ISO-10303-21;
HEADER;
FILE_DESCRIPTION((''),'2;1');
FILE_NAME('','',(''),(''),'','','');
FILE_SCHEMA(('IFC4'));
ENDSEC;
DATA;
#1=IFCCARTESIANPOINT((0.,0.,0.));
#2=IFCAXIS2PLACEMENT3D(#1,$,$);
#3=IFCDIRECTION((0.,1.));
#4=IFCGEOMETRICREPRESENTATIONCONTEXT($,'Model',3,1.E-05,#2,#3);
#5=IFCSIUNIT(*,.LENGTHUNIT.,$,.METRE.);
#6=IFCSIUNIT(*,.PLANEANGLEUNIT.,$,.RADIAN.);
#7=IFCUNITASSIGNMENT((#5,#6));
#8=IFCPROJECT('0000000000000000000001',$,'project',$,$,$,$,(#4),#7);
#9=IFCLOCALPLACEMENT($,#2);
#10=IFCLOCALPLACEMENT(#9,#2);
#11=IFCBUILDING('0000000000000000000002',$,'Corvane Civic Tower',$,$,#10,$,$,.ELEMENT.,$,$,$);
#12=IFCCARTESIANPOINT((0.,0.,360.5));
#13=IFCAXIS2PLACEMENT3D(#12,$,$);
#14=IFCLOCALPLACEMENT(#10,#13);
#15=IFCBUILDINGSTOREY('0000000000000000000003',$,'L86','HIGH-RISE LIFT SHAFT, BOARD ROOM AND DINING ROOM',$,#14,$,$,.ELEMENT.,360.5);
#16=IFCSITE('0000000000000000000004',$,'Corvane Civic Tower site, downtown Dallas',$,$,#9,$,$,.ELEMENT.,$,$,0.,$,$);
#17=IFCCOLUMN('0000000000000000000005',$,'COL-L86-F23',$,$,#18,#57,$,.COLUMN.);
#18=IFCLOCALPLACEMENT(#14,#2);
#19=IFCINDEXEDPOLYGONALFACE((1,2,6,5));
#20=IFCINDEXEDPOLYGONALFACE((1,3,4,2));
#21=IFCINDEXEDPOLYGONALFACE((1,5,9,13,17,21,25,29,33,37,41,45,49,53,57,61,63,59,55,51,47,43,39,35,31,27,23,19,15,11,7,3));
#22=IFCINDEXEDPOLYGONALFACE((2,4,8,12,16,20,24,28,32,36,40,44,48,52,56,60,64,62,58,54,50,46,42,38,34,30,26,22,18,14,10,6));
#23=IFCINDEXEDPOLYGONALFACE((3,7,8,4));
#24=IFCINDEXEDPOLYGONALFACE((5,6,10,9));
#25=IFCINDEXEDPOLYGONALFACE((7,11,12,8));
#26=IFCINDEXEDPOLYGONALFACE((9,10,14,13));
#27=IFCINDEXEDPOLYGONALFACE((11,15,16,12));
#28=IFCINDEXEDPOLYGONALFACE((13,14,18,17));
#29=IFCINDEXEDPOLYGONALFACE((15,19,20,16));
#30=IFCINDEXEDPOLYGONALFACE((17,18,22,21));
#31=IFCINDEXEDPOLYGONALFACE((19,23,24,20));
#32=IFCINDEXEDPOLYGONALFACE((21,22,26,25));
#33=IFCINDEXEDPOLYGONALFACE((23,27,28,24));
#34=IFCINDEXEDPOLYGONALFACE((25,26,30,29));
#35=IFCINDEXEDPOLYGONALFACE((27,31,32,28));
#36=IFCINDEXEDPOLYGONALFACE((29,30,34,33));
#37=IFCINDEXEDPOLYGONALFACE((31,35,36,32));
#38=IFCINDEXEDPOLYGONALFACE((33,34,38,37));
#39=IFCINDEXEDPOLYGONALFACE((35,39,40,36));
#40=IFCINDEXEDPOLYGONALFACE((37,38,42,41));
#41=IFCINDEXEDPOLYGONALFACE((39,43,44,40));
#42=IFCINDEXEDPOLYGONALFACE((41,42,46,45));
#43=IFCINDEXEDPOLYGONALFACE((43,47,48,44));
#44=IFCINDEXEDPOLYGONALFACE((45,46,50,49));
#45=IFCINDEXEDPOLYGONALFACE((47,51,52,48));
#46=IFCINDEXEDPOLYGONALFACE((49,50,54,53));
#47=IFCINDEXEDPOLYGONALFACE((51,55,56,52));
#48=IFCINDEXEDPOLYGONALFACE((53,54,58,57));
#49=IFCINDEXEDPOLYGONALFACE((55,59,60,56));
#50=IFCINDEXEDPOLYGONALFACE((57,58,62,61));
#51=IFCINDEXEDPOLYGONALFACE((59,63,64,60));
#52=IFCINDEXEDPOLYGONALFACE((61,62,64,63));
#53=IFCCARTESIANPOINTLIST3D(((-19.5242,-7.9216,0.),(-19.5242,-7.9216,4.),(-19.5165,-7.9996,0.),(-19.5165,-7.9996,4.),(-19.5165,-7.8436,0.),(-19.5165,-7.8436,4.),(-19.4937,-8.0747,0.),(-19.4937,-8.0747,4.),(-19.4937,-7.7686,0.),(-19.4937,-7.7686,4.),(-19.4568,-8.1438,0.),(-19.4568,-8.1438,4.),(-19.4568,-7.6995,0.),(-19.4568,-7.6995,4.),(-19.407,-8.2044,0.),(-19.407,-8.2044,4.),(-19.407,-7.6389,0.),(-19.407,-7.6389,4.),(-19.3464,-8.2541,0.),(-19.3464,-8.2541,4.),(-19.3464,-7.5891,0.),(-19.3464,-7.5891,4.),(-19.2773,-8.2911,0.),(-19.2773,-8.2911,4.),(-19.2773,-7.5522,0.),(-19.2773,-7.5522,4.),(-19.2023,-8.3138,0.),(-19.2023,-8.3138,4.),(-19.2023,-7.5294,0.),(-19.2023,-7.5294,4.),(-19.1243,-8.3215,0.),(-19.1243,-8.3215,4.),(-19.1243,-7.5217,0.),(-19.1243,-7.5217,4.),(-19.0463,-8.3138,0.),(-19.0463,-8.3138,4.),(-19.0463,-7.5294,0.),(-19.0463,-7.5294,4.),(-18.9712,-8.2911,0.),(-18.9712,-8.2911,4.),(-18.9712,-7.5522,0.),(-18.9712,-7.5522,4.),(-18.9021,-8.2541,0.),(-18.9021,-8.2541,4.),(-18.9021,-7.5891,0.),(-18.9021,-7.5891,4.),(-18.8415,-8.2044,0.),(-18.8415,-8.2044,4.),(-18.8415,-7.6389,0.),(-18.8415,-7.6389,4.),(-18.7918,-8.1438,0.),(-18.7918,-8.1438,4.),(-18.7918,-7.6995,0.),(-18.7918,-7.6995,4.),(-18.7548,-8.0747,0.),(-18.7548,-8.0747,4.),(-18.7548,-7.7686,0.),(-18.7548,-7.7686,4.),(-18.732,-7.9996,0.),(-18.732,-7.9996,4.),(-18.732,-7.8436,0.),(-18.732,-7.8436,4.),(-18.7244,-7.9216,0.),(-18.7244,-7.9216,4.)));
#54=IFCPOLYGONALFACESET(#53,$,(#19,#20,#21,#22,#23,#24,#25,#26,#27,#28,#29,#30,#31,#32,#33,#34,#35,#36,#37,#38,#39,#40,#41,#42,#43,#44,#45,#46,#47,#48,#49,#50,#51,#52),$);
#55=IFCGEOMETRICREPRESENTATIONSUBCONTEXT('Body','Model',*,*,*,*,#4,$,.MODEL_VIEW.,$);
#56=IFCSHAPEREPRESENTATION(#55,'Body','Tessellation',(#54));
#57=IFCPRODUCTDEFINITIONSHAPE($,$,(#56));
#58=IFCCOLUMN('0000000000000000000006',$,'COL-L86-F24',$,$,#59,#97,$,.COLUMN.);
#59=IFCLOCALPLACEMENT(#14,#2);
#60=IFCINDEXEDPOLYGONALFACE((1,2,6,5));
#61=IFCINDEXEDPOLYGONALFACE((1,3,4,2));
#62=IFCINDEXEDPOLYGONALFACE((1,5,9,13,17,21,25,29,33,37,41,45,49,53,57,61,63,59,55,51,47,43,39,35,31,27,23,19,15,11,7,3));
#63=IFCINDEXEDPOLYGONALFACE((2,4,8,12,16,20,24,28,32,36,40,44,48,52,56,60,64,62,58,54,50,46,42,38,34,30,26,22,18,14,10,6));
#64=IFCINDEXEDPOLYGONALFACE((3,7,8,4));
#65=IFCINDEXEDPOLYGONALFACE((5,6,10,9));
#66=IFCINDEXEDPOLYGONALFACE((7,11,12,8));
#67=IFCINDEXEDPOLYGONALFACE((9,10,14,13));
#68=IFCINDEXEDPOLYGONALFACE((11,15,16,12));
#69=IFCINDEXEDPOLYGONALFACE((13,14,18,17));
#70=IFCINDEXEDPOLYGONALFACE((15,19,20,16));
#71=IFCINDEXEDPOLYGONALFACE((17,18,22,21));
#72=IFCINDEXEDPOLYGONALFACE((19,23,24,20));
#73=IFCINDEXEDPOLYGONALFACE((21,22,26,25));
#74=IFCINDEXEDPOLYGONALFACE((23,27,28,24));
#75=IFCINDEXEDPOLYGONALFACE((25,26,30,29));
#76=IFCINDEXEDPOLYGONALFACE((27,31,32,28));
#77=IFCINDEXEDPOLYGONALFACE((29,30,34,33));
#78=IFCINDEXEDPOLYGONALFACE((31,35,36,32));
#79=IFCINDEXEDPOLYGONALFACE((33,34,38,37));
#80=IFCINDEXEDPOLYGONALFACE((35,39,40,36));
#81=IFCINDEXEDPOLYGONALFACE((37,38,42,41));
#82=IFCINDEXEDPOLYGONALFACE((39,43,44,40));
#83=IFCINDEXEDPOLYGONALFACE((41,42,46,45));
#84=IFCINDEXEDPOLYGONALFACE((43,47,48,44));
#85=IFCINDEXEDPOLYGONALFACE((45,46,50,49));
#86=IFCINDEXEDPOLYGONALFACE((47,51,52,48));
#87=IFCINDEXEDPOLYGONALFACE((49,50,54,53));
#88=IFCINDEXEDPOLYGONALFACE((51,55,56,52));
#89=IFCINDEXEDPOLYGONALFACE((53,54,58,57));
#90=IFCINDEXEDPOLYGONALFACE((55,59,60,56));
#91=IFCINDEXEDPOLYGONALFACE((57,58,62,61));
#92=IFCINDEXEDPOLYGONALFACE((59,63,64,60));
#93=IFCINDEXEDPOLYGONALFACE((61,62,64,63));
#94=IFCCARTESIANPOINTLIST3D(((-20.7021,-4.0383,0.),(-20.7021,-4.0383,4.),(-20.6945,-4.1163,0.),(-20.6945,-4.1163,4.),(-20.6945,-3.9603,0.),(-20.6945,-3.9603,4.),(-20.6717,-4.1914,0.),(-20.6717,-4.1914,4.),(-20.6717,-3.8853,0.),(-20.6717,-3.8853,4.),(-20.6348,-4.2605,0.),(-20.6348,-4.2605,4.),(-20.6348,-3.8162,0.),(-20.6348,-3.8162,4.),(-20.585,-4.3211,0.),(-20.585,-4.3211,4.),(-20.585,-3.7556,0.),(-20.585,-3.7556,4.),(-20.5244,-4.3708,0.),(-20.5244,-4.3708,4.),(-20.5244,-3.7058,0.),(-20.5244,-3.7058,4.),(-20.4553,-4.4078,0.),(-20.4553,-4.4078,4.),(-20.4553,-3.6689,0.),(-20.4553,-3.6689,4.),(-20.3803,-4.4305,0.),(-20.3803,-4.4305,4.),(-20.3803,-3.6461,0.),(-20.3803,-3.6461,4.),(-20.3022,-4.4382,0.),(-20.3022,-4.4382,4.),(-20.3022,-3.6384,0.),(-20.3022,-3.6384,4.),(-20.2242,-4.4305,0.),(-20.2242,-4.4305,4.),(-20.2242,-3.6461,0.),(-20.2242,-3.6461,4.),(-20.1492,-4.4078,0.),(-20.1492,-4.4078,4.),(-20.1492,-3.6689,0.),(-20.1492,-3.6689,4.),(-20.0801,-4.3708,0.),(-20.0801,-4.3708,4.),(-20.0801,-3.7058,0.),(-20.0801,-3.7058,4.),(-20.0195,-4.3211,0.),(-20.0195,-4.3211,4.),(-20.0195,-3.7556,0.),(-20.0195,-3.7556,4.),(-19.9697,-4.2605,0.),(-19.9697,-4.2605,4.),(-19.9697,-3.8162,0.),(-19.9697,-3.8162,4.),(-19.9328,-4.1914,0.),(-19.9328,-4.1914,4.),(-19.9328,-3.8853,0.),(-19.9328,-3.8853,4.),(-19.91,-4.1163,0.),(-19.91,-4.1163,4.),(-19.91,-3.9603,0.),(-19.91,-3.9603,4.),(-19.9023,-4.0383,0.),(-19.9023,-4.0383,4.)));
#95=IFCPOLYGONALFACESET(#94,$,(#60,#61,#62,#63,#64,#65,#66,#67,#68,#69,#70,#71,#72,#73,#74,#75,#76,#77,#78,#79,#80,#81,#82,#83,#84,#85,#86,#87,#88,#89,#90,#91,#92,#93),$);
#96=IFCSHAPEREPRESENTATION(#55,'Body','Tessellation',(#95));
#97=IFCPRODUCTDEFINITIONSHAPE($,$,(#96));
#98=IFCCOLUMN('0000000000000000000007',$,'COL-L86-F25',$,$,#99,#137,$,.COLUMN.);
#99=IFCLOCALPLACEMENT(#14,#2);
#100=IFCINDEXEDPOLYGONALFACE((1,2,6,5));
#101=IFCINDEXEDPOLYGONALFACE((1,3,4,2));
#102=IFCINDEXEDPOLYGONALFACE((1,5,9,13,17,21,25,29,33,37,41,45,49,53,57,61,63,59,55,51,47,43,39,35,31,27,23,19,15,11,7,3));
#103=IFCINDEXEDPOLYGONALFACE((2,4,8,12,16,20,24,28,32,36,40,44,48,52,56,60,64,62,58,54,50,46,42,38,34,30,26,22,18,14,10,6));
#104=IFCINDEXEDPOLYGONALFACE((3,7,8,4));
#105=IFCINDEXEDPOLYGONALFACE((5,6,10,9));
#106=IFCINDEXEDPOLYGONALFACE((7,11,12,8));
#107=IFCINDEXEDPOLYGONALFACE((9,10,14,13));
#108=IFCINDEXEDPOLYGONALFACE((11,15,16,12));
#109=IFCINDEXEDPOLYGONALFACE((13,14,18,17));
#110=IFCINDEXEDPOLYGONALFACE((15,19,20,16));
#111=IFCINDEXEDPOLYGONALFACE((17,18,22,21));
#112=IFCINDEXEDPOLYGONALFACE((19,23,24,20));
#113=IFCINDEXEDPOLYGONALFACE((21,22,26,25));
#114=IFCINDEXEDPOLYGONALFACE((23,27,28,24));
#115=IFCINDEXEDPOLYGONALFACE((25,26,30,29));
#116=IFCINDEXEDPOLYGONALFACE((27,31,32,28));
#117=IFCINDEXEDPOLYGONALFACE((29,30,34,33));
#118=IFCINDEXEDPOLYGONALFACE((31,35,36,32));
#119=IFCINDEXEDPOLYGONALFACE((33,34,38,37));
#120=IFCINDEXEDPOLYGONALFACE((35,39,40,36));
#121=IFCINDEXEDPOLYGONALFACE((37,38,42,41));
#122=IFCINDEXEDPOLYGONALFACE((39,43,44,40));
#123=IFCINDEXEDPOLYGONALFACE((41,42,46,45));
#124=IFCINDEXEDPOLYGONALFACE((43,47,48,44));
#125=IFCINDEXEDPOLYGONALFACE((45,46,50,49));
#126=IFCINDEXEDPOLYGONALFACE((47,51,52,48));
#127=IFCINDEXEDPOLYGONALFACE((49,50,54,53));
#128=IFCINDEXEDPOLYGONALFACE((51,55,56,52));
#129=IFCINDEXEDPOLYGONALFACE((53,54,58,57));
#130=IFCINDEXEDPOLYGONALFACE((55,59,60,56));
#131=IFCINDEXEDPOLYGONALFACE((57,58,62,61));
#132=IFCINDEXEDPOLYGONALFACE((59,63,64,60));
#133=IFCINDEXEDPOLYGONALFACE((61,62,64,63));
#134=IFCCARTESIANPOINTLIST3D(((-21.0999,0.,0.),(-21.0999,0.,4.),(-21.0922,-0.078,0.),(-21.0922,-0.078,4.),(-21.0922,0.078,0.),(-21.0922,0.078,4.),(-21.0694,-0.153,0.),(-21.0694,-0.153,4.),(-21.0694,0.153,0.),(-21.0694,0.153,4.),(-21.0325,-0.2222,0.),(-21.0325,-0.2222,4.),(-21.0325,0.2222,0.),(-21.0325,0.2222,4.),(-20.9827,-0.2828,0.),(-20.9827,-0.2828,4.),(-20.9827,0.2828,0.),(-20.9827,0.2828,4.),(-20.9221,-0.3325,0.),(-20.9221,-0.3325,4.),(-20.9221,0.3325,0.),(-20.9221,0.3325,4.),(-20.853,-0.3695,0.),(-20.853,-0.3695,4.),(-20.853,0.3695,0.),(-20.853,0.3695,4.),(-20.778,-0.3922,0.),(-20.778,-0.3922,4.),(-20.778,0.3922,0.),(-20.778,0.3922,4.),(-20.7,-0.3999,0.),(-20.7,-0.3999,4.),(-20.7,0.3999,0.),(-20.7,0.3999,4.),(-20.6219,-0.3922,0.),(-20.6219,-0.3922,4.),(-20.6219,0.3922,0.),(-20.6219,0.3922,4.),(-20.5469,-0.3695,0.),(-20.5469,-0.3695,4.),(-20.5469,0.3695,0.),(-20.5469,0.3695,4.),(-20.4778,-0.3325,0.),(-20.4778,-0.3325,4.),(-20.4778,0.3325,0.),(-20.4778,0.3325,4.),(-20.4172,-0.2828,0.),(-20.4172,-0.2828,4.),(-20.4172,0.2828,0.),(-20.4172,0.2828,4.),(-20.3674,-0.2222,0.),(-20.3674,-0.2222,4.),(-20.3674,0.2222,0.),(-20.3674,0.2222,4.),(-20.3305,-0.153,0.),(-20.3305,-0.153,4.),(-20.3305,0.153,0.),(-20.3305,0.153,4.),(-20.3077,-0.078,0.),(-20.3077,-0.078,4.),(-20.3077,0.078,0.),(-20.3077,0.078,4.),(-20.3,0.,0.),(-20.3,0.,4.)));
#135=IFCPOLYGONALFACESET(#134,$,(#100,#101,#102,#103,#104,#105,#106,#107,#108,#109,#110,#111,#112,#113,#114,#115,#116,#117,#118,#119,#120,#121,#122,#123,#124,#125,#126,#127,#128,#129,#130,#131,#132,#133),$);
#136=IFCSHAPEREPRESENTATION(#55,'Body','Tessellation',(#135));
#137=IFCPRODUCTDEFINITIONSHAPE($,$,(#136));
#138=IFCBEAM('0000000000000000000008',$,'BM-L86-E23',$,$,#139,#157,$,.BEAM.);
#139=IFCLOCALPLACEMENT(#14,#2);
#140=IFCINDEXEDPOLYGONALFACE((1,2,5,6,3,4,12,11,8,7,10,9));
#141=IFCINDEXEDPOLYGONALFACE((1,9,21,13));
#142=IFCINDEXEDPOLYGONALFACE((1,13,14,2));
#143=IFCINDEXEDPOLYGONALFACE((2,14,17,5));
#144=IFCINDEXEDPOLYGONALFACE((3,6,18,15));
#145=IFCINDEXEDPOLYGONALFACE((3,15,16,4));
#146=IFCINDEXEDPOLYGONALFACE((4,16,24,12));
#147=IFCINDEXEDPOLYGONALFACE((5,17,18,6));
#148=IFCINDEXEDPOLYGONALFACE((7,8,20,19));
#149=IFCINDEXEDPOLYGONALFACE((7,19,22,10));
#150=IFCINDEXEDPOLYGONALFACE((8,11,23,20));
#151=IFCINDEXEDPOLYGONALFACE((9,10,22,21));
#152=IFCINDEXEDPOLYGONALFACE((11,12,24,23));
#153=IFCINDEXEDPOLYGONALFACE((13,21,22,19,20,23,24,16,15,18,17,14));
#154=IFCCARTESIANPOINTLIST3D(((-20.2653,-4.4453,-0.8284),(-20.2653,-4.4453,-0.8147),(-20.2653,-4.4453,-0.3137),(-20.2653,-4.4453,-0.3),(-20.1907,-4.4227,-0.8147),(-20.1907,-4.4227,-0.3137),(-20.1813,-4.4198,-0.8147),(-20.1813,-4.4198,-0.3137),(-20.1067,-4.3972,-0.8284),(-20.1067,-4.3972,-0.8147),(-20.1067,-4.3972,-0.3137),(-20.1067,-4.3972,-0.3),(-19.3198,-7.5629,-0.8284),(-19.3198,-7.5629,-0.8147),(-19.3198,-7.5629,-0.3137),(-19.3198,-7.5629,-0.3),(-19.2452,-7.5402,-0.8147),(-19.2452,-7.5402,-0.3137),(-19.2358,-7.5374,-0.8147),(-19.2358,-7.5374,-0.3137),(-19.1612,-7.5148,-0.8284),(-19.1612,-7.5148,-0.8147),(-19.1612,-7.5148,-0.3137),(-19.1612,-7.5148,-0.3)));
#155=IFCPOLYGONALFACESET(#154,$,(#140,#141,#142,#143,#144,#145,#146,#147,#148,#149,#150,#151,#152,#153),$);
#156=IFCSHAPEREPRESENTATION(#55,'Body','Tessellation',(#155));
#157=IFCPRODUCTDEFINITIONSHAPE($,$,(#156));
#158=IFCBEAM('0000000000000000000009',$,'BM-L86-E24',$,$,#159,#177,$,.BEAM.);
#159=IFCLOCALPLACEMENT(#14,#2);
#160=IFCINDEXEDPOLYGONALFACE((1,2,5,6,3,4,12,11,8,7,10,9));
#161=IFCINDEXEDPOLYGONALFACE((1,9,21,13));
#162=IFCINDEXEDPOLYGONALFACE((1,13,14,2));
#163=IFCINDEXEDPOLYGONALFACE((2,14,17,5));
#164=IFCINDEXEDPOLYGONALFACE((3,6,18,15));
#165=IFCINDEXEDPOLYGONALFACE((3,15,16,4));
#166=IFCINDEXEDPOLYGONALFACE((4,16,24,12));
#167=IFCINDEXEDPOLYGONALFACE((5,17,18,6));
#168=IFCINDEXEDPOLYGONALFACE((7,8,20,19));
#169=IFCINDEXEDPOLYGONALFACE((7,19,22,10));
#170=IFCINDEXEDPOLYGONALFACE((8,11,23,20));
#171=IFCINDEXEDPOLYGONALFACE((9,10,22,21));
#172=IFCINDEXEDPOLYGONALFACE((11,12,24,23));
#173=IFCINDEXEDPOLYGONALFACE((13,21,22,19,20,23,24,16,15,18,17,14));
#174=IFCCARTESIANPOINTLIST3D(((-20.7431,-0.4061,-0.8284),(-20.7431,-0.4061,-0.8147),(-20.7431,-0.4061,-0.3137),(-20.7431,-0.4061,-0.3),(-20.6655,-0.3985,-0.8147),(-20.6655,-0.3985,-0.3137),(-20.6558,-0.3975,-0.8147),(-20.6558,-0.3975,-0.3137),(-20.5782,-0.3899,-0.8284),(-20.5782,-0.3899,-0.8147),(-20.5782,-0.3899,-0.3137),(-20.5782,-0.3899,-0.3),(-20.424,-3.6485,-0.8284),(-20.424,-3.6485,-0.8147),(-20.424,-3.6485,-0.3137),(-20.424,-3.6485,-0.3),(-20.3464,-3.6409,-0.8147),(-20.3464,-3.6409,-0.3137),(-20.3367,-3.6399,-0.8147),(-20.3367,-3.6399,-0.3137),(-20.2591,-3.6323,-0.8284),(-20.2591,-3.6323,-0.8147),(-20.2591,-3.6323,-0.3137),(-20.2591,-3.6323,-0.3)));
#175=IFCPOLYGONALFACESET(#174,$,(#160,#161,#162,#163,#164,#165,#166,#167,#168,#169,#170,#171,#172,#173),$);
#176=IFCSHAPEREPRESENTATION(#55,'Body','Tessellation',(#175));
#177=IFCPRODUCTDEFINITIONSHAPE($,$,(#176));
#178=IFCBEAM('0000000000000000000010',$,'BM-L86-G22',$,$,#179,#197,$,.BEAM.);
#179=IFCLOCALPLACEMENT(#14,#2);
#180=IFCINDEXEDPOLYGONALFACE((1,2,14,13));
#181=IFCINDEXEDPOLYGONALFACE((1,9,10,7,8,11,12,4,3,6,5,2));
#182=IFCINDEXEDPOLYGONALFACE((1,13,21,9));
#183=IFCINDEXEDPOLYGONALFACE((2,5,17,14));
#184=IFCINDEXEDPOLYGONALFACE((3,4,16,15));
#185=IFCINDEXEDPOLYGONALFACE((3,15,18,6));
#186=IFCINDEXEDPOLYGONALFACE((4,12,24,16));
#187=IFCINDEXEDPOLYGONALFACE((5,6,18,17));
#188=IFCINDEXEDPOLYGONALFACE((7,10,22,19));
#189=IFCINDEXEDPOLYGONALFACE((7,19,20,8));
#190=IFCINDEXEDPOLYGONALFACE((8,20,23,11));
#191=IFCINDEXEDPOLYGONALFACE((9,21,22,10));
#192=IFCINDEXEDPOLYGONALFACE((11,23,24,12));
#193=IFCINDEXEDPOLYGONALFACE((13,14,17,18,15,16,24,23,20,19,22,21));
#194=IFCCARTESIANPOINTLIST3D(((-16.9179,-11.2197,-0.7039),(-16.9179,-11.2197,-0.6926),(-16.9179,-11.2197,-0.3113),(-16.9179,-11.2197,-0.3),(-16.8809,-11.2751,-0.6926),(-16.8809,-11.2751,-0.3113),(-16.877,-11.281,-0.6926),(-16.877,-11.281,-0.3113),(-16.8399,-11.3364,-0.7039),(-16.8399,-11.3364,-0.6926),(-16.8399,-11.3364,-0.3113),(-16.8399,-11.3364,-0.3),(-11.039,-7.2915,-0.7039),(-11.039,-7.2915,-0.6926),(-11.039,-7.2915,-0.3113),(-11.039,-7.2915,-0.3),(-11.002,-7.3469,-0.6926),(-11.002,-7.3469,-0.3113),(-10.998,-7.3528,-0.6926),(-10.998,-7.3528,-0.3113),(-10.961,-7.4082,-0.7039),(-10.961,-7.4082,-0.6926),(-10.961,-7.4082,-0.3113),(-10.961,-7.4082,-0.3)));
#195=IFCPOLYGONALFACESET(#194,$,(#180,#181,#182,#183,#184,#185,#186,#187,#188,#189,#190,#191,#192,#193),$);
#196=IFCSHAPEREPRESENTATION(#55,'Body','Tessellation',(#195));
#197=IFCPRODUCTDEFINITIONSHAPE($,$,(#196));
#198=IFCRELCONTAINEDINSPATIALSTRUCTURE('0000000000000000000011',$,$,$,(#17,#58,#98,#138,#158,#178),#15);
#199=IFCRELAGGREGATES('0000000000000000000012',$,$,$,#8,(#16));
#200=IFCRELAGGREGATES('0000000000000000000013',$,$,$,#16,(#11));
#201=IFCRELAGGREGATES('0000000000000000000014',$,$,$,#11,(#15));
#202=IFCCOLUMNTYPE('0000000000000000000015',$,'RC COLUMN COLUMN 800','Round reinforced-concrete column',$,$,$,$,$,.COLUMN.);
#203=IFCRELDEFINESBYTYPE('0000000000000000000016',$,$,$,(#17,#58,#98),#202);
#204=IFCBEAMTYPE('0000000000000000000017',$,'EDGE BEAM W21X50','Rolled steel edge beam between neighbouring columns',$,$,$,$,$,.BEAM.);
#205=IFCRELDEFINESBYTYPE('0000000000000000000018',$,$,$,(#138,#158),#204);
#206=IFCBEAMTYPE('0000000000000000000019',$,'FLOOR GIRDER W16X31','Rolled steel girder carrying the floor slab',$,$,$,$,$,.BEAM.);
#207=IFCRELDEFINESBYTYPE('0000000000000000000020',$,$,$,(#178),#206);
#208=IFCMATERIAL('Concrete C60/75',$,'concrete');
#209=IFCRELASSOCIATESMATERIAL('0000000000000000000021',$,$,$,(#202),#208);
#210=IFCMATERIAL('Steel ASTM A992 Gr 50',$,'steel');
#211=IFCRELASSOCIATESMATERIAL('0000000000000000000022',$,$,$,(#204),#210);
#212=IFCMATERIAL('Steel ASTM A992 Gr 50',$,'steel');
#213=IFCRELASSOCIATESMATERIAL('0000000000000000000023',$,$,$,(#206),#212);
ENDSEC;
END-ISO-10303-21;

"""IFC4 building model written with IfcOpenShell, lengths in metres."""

from ifc_helpers import new_model, si_unit, direction, frame, origin, origin_2d, place, context, subcontext, project, spatial, circle, i_section, extrude, material, material_profile, profile_set, type_object, element, save


model = new_model("IFC4")

# Units and contexts
model_context = context("Model", 3, precision=1e-05, world=origin(), true_north=direction((0.0, 1.0)))
body_context = subcontext(model_context, "Body", "Model", "MODEL_VIEW")
ifc_project = project(units=[si_unit("LENGTHUNIT", "METRE"), si_unit("PLANEANGLEUNIT", "RADIAN")], contexts=[model_context])

# Site, building, storey
site_placement = place(None, origin())
site = spatial("IfcSite", under=ifc_project, at=site_placement, Name="Corvane Civic Tower site, downtown Dallas", CompositionType="ELEMENT", RefElevation=0.0)
building_placement = place(site_placement, origin())
building = spatial("IfcBuilding", under=site, at=building_placement, Name="Corvane Civic Tower", CompositionType="ELEMENT")
storey_placement = place(building_placement, frame((0.0, 0.0, 360.5)))
storey = spatial("IfcBuildingStorey", under=building, at=storey_placement, Name="L86", Description="HIGH-RISE LIFT SHAFT, BOARD ROOM AND DINING ROOM", CompositionType="ELEMENT", Elevation=360.5)

# Columns
ifc_material_1 = material(Name="Concrete C60/75", Category="concrete")
ifc_material_profile_1 = material_profile(ifc_material_1, circle(Radius=0.3999, at=origin_2d()), Name="COLUMN 800")
ifc_profile_set_1 = profile_set([ifc_material_profile_1], Name="Concrete C60/75")
column_type = type_object("IfcColumnType", Name="RC COLUMN COLUMN 800", Description="Round reinforced-concrete column", PredefinedType="COLUMN", material=ifc_profile_set_1)
for number, where, z_axis, x_axis, name in (
    (1, (-19.1243, -7.9216, 0.0), (0.0, 0.0, 1.0), (1.0, 0.0, 0.0), "COL-L86-F23"),
    (2, (-20.3022, -4.0383, 0.0), (0.0, 0.0, 1.0), (1.0, 0.0, 0.0), "COL-L86-F24"),
    (3, (-20.7, 0.0, 0.0), (0.0, 0.0, 1.0), (1.0, 0.0, 0.0), "COL-L86-F25"),
):
    element("IfcColumn", number, at=place(storey_placement, frame(where, z_axis=z_axis, x_axis=x_axis)), inside=storey, type_object=column_type, Name=name, PredefinedType="COLUMN", context=body_context, shape_type="SweptSolid", body=[
        extrude(circle(Radius=0.3999, at=origin_2d()), origin(), (0.0, 0.0, 1.0), 4.0),
    ])

# Beams
ifc_material_2 = material(Name="Steel ASTM A992 Gr 50", Category="steel")
ifc_material_profile_2 = material_profile(ifc_material_2, i_section(OverallWidth=0.1658, OverallDepth=0.5283, WebThickness=0.0098, FlangeThickness=0.0137, at=origin_2d()), Name="W21X50")
ifc_profile_set_2 = profile_set([ifc_material_profile_2], Name="Steel ASTM A992 Gr 50")
beam_type_1 = type_object("IfcBeamType", Name="EDGE BEAM W21X50", Description="Rolled steel edge beam between neighbouring columns", PredefinedType="BEAM", material=ifc_profile_set_2)
beam_1_placement = place(storey_placement, frame((-19.2405, -7.5388, -0.5642), z_axis=(-0.290234, 0.956956, 0.0), x_axis=(-0.956956, -0.290234, 0.0)))
element("IfcBeam", 4, at=beam_1_placement, inside=storey, type_object=beam_type_1, Name="BM-L86-E23", PredefinedType="BEAM", context=body_context, shape_type="SweptSolid", body=[
    extrude(i_section(OverallWidth=0.1658, OverallDepth=0.5283, WebThickness=0.0098, FlangeThickness=0.0137, at=origin_2d()), origin(), (0.0, 0.0, 1.0), 3.2578),
])
beam_2_placement = place(storey_placement, frame((-20.3416, -3.6404, -0.5642), z_axis=(-0.097938, 0.995193, 0.0), x_axis=(-0.995193, -0.097938, 0.0)))
element("IfcBeam", 5, at=beam_2_placement, inside=storey, type_object=beam_type_1, Name="BM-L86-E24", PredefinedType="BEAM", context=body_context, shape_type="SweptSolid", body=[
    extrude(i_section(OverallWidth=0.1658, OverallDepth=0.5283, WebThickness=0.0098, FlangeThickness=0.0137, at=origin_2d()), origin(), (0.0, 0.0, 1.0), 3.2581),
])
ifc_material_3 = material(Name="Steel ASTM A992 Gr 50", Category="steel")
ifc_material_profile_3 = material_profile(ifc_material_3, i_section(OverallWidth=0.1404, OverallDepth=0.4038, WebThickness=0.0071, FlangeThickness=0.0112, at=origin_2d()), Name="W16X31")
ifc_profile_set_3 = profile_set([ifc_material_profile_3], Name="Steel ASTM A992 Gr 50")
beam_type_2 = type_object("IfcBeamType", Name="FLOOR GIRDER W16X31", Description="Rolled steel girder carrying the floor slab", PredefinedType="BEAM", material=ifc_profile_set_3)
beam_3_placement = place(storey_placement, frame((-11.0, -7.3499, -0.502), z_axis=(-0.831465, -0.555576, 0.0), x_axis=(0.555576, -0.831465, 0.0)))
element("IfcBeam", 6, at=beam_3_placement, inside=storey, type_object=beam_type_2, Name="BM-L86-G22", PredefinedType="BEAM", context=body_context, shape_type="SweptSolid", body=[
    extrude(i_section(OverallWidth=0.1404, OverallDepth=0.4038, WebThickness=0.0071, FlangeThickness=0.0112, at=origin_2d()), origin(), (0.0, 0.0, 1.0), 7.0706),
])

save(model, "model.ifc")
